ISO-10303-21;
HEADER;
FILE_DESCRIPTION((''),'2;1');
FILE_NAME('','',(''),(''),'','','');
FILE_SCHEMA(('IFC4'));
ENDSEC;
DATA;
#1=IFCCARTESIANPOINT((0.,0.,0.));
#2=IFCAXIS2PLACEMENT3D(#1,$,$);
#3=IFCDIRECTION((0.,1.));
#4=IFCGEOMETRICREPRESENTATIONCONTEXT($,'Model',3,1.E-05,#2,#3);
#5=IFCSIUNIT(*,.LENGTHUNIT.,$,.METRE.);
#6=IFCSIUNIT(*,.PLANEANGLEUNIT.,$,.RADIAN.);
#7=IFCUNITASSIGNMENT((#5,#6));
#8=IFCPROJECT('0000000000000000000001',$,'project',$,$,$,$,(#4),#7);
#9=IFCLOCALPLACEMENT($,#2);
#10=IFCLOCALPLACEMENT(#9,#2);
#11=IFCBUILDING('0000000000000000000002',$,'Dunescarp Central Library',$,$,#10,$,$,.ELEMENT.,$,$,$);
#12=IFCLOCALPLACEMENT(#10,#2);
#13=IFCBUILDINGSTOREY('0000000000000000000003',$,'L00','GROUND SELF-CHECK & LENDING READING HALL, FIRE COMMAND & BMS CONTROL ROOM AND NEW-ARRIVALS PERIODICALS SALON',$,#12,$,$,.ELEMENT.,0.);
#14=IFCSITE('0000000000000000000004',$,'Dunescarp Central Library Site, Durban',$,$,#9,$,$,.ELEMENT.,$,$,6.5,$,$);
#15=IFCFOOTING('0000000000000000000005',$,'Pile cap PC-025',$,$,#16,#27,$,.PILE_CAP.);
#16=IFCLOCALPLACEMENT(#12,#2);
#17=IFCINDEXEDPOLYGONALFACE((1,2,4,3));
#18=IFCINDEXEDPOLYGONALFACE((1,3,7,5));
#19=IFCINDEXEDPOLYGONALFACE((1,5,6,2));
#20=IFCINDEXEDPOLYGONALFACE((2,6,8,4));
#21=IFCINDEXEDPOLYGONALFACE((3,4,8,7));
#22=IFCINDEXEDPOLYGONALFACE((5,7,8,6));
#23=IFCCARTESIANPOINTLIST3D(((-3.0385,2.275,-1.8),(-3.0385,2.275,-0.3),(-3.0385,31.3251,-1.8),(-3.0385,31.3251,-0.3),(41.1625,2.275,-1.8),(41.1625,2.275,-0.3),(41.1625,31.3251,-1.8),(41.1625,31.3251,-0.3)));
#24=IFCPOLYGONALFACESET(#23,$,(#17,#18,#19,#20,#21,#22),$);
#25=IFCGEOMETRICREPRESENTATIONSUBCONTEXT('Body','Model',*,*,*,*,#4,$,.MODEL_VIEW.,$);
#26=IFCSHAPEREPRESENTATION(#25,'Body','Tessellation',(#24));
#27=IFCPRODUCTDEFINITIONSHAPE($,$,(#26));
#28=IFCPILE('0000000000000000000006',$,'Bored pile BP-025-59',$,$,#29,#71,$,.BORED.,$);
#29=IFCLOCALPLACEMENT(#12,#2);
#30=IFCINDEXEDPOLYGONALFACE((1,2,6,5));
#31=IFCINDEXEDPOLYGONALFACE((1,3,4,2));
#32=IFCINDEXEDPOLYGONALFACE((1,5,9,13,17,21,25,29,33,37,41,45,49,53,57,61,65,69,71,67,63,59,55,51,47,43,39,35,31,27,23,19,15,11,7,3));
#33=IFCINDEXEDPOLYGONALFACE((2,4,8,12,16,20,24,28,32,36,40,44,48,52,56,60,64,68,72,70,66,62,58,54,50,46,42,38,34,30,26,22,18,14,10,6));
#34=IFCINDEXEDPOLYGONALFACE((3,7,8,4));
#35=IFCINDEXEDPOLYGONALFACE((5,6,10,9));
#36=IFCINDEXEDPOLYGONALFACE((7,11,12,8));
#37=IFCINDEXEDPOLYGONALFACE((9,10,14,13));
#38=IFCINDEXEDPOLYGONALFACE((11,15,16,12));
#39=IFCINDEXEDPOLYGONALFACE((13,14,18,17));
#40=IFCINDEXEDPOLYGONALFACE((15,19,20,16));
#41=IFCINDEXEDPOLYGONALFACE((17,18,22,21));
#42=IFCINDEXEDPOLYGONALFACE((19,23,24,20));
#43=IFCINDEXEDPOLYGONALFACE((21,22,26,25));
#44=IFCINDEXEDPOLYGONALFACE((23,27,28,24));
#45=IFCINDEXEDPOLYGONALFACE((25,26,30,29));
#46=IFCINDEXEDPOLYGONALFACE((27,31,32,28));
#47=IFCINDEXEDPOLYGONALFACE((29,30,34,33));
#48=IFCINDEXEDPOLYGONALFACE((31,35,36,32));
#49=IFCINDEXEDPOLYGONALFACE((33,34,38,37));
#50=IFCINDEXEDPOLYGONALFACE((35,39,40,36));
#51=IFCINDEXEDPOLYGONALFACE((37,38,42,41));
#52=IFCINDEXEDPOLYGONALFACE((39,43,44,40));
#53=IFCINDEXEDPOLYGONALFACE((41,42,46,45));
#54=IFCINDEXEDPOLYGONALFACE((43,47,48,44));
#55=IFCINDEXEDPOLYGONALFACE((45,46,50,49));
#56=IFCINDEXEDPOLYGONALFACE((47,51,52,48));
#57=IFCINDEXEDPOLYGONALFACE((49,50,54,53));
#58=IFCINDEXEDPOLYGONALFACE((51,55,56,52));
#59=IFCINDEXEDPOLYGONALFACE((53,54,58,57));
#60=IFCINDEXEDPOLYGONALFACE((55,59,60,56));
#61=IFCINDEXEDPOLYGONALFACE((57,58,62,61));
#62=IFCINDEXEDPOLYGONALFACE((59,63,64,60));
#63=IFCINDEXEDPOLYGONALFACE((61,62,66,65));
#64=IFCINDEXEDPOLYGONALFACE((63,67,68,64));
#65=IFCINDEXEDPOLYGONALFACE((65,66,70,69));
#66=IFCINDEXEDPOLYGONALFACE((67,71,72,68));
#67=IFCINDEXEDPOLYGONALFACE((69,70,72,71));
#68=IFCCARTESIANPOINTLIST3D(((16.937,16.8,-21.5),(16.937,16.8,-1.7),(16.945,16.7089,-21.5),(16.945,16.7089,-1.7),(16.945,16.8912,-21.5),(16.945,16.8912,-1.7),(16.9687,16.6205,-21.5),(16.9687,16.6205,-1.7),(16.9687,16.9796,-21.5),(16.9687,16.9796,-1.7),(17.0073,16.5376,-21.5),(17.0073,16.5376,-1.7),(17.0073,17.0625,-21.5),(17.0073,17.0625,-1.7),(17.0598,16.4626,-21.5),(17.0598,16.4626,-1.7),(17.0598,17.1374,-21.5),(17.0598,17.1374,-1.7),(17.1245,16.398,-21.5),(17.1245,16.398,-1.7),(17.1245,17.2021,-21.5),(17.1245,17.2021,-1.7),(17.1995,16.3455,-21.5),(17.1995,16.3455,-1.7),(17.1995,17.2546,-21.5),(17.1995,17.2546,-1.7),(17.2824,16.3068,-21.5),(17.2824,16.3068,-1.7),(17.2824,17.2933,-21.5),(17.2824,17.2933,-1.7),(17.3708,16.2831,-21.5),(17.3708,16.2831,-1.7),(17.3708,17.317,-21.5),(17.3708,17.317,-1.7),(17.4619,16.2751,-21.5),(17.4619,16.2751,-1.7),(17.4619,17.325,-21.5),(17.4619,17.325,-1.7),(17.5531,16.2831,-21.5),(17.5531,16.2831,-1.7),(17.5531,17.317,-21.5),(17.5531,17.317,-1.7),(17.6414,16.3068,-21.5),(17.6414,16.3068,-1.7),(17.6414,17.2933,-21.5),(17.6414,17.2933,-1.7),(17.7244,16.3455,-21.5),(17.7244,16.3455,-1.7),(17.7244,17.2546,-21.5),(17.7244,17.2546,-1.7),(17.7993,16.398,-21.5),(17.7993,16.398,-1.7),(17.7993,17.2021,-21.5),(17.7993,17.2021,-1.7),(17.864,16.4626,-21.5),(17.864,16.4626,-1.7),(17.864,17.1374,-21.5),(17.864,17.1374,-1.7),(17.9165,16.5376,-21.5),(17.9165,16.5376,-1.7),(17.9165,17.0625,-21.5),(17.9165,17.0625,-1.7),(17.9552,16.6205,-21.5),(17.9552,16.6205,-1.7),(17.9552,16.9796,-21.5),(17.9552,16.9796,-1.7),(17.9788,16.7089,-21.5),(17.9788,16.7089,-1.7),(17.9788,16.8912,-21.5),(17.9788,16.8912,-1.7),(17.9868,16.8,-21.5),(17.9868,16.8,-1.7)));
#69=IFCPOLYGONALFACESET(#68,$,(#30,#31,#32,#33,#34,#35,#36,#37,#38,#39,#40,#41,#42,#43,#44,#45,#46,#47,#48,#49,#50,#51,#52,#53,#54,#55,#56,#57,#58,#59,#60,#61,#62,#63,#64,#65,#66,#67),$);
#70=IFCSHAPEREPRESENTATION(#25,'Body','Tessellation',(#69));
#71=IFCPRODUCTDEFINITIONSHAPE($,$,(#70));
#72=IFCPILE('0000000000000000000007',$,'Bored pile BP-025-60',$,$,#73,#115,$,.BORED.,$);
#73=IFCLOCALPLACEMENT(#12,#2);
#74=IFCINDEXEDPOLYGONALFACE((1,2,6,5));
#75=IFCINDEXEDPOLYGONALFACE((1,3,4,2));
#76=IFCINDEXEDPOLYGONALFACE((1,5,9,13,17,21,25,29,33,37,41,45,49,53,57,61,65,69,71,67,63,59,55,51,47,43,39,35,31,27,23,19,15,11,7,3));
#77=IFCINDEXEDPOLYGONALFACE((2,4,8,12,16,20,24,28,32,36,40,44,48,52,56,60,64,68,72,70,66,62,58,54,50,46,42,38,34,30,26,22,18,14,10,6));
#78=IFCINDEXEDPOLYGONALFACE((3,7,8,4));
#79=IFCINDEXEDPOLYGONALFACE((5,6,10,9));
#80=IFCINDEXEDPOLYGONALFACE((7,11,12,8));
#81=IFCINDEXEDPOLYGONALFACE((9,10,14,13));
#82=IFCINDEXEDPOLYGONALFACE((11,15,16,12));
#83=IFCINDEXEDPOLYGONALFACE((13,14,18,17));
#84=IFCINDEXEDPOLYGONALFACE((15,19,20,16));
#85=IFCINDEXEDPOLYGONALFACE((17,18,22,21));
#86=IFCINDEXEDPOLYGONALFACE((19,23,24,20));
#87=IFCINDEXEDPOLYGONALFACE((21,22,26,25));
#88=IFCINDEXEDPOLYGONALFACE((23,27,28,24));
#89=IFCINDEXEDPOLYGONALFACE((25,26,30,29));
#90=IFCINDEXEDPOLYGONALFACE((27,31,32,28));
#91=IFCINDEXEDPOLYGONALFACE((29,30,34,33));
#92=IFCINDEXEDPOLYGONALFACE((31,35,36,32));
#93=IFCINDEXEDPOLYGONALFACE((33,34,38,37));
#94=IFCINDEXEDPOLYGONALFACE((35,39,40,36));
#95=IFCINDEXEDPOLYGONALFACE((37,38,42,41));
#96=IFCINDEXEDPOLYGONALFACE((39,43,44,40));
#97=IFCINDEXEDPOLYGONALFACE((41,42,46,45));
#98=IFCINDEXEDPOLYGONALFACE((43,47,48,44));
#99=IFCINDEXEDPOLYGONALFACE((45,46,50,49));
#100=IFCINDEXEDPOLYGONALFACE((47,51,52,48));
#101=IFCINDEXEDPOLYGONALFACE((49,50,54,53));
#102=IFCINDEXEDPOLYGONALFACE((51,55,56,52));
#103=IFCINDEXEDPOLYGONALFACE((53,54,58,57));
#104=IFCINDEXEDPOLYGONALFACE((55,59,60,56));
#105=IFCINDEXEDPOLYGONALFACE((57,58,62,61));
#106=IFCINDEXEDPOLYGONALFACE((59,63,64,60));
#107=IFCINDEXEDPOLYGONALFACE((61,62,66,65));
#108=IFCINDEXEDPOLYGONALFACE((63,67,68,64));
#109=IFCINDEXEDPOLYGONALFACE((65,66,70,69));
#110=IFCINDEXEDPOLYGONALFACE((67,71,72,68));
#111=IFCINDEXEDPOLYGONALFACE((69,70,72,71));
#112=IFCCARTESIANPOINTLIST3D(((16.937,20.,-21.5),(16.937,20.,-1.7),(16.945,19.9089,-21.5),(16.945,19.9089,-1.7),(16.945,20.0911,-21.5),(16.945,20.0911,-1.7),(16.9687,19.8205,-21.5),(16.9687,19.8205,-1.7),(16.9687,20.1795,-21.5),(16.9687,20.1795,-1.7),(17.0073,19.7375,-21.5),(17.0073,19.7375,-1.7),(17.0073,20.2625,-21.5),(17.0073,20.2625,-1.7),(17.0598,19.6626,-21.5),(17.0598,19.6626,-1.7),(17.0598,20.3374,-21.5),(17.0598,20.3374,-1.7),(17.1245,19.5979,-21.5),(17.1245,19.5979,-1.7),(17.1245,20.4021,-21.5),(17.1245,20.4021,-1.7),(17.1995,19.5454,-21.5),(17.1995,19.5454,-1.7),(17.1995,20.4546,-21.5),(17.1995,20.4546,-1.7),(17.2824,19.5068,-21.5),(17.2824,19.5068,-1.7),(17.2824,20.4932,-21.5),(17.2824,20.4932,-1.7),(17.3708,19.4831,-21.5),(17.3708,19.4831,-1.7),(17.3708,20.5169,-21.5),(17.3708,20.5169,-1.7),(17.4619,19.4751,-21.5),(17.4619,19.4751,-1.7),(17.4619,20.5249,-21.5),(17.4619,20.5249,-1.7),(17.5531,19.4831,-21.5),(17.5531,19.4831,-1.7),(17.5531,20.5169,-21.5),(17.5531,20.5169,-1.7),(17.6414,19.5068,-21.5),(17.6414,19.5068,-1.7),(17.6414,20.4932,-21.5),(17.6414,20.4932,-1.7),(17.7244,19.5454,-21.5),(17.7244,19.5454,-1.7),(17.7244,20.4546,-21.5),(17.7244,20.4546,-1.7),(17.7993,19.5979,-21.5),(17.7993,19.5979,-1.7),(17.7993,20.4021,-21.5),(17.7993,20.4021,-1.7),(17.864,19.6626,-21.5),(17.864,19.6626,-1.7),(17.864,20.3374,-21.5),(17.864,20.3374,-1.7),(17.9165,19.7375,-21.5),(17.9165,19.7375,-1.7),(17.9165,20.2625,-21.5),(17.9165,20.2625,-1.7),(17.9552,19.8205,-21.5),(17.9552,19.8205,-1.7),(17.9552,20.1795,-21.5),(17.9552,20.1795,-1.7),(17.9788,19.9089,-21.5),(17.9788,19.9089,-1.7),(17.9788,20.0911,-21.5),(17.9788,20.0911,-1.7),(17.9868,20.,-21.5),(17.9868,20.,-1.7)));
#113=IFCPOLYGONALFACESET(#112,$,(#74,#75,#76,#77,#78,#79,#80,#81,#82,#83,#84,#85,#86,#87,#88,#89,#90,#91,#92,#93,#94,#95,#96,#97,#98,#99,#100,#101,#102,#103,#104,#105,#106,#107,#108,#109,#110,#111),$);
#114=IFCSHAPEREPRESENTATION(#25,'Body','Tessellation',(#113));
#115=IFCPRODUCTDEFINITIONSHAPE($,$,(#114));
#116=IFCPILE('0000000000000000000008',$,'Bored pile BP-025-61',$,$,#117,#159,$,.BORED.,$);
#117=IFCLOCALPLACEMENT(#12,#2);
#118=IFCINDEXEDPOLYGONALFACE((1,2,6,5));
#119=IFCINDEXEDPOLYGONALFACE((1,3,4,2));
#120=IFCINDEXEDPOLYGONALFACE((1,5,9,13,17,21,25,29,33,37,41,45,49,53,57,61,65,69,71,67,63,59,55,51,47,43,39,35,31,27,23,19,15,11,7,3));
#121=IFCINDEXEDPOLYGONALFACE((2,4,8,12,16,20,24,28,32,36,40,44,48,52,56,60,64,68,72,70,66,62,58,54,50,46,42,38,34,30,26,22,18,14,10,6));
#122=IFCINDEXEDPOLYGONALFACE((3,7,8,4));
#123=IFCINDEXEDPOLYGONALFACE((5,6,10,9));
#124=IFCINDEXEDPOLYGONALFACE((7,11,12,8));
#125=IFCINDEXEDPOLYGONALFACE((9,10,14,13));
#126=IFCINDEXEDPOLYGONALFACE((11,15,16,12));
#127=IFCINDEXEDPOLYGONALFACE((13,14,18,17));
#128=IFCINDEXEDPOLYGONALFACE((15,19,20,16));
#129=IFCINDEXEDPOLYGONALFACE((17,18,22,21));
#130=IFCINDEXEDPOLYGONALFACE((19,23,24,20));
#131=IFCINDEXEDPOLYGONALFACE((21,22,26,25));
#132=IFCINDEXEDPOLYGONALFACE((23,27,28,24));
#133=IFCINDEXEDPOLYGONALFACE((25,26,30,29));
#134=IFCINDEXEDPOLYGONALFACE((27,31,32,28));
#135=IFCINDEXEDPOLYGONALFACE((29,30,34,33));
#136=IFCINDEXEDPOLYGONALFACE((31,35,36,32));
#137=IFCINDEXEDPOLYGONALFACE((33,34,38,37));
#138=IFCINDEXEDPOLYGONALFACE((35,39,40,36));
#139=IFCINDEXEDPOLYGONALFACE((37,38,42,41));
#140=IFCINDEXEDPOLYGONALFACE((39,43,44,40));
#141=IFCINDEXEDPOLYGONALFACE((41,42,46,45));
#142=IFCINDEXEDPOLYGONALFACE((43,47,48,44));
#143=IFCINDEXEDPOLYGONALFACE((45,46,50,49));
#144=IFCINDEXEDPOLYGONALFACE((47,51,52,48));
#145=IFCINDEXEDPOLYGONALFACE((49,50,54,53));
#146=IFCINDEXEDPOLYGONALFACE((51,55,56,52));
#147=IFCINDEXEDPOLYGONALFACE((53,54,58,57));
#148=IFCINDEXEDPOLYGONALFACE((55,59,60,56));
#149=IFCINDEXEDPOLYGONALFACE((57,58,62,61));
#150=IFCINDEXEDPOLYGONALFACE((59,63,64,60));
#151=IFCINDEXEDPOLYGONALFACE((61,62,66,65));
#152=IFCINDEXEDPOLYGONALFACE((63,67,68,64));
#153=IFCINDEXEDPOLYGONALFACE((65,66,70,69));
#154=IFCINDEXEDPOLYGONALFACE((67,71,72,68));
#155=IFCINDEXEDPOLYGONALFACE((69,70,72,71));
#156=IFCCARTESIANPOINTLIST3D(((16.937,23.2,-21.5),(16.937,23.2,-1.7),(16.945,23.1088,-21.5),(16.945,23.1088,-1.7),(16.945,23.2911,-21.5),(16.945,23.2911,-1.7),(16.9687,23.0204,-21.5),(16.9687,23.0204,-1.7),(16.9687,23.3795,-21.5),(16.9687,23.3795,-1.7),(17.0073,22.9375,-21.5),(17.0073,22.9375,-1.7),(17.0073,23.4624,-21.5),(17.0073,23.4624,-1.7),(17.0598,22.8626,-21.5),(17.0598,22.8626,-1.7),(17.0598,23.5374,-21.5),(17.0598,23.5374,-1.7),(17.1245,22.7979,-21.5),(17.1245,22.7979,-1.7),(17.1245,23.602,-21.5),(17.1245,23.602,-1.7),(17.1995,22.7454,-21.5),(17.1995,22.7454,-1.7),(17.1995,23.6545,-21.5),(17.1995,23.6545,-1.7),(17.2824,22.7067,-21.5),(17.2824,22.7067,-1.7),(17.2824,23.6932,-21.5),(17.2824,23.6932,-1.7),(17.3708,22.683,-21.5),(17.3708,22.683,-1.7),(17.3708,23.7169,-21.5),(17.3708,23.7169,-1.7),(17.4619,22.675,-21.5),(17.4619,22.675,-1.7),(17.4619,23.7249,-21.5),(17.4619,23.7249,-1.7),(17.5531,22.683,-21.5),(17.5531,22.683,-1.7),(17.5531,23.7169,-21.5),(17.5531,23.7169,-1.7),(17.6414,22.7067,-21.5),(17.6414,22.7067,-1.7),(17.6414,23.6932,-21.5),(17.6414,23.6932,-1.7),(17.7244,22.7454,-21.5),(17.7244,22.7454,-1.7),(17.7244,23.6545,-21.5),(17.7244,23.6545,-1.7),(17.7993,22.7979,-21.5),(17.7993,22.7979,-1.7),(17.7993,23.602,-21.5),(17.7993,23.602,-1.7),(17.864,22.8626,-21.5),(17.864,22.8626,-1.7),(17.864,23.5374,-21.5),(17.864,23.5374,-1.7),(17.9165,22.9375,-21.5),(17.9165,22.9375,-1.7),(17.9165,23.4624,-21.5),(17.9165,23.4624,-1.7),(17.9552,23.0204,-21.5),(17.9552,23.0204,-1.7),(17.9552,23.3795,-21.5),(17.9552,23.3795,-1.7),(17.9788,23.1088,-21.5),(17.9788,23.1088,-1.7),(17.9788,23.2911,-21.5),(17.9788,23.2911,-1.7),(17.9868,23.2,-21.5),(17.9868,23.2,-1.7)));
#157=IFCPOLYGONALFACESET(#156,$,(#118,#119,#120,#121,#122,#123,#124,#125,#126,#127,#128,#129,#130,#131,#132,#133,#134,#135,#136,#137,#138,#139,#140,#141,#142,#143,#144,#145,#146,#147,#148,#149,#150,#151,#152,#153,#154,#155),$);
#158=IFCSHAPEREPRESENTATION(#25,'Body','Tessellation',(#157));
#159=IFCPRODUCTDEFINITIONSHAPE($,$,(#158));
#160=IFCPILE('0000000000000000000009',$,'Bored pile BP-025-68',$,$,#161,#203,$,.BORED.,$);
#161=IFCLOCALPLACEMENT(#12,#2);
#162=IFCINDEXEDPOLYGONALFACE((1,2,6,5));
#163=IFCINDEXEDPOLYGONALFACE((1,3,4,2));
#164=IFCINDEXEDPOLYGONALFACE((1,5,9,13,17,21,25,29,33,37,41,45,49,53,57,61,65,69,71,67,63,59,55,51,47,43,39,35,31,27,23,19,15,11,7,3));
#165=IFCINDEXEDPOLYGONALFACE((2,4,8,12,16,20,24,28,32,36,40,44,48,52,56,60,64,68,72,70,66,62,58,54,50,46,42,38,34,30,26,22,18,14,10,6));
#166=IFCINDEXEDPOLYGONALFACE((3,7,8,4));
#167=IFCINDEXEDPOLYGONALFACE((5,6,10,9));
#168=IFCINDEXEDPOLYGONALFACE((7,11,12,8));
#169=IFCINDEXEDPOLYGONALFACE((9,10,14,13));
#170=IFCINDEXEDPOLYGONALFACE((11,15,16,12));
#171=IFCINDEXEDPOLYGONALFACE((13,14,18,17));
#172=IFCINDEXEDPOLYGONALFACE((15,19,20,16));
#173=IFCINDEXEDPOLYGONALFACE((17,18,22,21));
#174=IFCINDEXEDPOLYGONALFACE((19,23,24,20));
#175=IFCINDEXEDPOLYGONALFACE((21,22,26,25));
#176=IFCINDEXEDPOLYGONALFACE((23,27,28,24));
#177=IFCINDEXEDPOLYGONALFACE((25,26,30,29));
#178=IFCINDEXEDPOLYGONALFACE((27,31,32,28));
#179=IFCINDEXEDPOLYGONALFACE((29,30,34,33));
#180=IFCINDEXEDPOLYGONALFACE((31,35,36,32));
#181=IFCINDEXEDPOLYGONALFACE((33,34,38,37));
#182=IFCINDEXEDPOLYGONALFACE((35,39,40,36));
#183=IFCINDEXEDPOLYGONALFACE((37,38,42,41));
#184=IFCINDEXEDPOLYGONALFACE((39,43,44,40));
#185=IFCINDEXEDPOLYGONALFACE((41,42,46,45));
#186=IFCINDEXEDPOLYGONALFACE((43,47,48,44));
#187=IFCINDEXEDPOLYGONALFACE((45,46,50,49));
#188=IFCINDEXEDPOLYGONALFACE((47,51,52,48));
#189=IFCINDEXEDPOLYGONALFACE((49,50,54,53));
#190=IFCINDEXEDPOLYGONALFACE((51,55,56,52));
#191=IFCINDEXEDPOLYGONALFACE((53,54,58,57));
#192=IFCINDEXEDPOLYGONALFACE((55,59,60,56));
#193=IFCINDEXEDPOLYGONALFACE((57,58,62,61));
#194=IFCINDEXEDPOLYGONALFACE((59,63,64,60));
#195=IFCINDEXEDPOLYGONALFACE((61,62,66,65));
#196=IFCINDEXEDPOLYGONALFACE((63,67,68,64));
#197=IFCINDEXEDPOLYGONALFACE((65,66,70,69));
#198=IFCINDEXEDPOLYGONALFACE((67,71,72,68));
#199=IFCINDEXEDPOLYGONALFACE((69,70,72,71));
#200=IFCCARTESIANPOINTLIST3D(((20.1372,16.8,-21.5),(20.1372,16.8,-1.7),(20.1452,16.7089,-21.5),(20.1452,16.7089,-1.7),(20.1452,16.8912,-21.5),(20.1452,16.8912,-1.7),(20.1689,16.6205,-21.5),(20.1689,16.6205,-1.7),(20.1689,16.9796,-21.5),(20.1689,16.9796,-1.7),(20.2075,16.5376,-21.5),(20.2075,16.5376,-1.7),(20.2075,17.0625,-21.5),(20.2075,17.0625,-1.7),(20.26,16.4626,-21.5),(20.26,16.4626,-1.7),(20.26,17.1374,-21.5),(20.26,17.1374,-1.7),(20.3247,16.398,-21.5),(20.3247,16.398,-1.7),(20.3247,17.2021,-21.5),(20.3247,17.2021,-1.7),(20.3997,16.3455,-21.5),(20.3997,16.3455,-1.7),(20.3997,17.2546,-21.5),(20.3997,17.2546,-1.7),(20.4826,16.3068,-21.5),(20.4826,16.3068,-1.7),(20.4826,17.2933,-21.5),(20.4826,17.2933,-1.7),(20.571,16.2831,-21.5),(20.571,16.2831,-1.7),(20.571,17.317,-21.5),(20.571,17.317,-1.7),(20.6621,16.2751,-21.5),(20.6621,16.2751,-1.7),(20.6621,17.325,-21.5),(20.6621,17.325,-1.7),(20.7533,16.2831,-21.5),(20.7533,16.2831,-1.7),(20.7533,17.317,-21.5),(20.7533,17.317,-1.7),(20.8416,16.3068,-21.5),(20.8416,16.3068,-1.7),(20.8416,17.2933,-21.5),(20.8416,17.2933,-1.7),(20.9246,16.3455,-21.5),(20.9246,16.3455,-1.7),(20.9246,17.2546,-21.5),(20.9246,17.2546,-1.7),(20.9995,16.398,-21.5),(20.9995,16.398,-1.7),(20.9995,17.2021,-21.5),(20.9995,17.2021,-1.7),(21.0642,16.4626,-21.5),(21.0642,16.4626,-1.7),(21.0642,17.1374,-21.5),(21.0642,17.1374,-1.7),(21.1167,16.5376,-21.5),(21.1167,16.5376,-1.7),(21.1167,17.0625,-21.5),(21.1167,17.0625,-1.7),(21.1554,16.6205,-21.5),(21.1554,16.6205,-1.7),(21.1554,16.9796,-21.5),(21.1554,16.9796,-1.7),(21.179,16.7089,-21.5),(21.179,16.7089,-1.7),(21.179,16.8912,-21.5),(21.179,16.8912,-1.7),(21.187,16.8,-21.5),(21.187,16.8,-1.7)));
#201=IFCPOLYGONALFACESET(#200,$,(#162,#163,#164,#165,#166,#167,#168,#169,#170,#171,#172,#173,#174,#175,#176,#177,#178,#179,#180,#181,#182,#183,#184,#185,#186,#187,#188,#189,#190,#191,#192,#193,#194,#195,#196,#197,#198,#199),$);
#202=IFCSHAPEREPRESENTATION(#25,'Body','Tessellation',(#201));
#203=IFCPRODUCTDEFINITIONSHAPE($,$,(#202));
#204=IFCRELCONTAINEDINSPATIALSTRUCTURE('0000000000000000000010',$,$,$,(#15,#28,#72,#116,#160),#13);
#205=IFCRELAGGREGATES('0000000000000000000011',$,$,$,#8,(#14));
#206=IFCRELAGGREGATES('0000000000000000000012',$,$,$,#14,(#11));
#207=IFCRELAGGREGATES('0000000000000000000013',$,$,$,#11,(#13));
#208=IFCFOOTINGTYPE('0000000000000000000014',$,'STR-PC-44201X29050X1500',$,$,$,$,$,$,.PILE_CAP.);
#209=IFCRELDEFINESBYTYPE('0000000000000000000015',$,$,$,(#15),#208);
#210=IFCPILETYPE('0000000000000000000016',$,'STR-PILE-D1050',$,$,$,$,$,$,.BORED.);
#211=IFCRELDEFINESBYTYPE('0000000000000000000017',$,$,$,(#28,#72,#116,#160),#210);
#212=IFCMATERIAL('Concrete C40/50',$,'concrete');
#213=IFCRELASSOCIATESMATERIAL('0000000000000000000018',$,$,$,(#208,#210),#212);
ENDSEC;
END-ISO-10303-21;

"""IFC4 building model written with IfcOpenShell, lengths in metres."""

from ifc_helpers import new_model, si_unit, direction, frame, origin, origin_2d, place, context, subcontext, project, spatial, rectangle, circle, extrude, material, material_profile, profile_set, type_object, element, save


model = new_model("IFC4")

# Units and contexts
model_context = context("Model", 3, precision=1e-05, world=origin(), true_north=direction((0.0, 1.0)))
body_context = subcontext(model_context, "Body", "Model", "MODEL_VIEW")
ifc_project = project(units=[si_unit("LENGTHUNIT", "METRE"), si_unit("PLANEANGLEUNIT", "RADIAN")], contexts=[model_context])

# Site, building, storey
site_placement = place(None, origin())
site = spatial("IfcSite", under=ifc_project, at=site_placement, Name="Dunescarp Central Library Site, Durban", CompositionType="ELEMENT", RefElevation=6.5)
building_placement = place(site_placement, origin())
building = spatial("IfcBuilding", under=site, at=building_placement, Name="Dunescarp Central Library", CompositionType="ELEMENT")
storey_placement = place(building_placement, origin())
storey = spatial("IfcBuildingStorey", under=building, at=storey_placement, Name="L00", Description="GROUND SELF-CHECK & LENDING READING HALL, FIRE COMMAND & BMS CONTROL ROOM AND NEW-ARRIVALS PERIODICALS SALON", CompositionType="ELEMENT", Elevation=0.0)

# Footing
ifc_material_1 = material(Name="Concrete C40/50", Category="concrete")
footing_type = type_object("IfcFootingType", Name="STR-PC-44201X29050X1500", PredefinedType="PILE_CAP", material=ifc_material_1)
footing_placement = place(storey_placement, frame((19.062, 16.8, -1.8), z_axis=(0.0, 0.0, 1.0), x_axis=(1.0, 0.0, 0.0)))
element("IfcFooting", 1, at=footing_placement, inside=storey, type_object=footing_type, Name="Pile cap PC-025", PredefinedType="PILE_CAP", context=body_context, shape_type="SweptSolid", body=[
    extrude(rectangle(XDim=44.2009, YDim=29.05, at=origin_2d()), origin(), (0.0, 0.0, 1.0), 1.5),
])

# Piles
ifc_material_profile_1 = material_profile(ifc_material_1, circle(Radius=0.5249, at=origin_2d()), Name="PILE D1050")
ifc_profile_set_1 = profile_set([ifc_material_profile_1], Name="Concrete C40/50")
pile_type = type_object("IfcPileType", Name="STR-PILE-D1050", PredefinedType="BORED", material=ifc_profile_set_1)
for number, where, z_axis, x_axis, name in (
    (2, (17.4619, 16.8, -1.7), (0.0, 0.0, -1.0), (1.0, 0.0, 0.0), "Bored pile BP-025-59"),
    (3, (17.4619, 20.0, -1.7), (0.0, 0.0, -1.0), (1.0, 0.0, 0.0), "Bored pile BP-025-60"),
    (4, (17.4619, 23.2, -1.7), (0.0, 0.0, -1.0), (1.0, 0.0, 0.0), "Bored pile BP-025-61"),
    (5, (20.6621, 16.8, -1.7), (0.0, 0.0, -1.0), (1.0, 0.0, 0.0), "Bored pile BP-025-68"),
):
    element("IfcPile", number, at=place(storey_placement, frame(where, z_axis=z_axis, x_axis=x_axis)), inside=storey, type_object=pile_type, Name=name, PredefinedType="BORED", context=body_context, shape_type="SweptSolid", body=[
        extrude(circle(Radius=0.5249, at=origin_2d()), origin(), (0.0, 0.0, 1.0), 19.8),
    ])

save(model, "model.ifc")
